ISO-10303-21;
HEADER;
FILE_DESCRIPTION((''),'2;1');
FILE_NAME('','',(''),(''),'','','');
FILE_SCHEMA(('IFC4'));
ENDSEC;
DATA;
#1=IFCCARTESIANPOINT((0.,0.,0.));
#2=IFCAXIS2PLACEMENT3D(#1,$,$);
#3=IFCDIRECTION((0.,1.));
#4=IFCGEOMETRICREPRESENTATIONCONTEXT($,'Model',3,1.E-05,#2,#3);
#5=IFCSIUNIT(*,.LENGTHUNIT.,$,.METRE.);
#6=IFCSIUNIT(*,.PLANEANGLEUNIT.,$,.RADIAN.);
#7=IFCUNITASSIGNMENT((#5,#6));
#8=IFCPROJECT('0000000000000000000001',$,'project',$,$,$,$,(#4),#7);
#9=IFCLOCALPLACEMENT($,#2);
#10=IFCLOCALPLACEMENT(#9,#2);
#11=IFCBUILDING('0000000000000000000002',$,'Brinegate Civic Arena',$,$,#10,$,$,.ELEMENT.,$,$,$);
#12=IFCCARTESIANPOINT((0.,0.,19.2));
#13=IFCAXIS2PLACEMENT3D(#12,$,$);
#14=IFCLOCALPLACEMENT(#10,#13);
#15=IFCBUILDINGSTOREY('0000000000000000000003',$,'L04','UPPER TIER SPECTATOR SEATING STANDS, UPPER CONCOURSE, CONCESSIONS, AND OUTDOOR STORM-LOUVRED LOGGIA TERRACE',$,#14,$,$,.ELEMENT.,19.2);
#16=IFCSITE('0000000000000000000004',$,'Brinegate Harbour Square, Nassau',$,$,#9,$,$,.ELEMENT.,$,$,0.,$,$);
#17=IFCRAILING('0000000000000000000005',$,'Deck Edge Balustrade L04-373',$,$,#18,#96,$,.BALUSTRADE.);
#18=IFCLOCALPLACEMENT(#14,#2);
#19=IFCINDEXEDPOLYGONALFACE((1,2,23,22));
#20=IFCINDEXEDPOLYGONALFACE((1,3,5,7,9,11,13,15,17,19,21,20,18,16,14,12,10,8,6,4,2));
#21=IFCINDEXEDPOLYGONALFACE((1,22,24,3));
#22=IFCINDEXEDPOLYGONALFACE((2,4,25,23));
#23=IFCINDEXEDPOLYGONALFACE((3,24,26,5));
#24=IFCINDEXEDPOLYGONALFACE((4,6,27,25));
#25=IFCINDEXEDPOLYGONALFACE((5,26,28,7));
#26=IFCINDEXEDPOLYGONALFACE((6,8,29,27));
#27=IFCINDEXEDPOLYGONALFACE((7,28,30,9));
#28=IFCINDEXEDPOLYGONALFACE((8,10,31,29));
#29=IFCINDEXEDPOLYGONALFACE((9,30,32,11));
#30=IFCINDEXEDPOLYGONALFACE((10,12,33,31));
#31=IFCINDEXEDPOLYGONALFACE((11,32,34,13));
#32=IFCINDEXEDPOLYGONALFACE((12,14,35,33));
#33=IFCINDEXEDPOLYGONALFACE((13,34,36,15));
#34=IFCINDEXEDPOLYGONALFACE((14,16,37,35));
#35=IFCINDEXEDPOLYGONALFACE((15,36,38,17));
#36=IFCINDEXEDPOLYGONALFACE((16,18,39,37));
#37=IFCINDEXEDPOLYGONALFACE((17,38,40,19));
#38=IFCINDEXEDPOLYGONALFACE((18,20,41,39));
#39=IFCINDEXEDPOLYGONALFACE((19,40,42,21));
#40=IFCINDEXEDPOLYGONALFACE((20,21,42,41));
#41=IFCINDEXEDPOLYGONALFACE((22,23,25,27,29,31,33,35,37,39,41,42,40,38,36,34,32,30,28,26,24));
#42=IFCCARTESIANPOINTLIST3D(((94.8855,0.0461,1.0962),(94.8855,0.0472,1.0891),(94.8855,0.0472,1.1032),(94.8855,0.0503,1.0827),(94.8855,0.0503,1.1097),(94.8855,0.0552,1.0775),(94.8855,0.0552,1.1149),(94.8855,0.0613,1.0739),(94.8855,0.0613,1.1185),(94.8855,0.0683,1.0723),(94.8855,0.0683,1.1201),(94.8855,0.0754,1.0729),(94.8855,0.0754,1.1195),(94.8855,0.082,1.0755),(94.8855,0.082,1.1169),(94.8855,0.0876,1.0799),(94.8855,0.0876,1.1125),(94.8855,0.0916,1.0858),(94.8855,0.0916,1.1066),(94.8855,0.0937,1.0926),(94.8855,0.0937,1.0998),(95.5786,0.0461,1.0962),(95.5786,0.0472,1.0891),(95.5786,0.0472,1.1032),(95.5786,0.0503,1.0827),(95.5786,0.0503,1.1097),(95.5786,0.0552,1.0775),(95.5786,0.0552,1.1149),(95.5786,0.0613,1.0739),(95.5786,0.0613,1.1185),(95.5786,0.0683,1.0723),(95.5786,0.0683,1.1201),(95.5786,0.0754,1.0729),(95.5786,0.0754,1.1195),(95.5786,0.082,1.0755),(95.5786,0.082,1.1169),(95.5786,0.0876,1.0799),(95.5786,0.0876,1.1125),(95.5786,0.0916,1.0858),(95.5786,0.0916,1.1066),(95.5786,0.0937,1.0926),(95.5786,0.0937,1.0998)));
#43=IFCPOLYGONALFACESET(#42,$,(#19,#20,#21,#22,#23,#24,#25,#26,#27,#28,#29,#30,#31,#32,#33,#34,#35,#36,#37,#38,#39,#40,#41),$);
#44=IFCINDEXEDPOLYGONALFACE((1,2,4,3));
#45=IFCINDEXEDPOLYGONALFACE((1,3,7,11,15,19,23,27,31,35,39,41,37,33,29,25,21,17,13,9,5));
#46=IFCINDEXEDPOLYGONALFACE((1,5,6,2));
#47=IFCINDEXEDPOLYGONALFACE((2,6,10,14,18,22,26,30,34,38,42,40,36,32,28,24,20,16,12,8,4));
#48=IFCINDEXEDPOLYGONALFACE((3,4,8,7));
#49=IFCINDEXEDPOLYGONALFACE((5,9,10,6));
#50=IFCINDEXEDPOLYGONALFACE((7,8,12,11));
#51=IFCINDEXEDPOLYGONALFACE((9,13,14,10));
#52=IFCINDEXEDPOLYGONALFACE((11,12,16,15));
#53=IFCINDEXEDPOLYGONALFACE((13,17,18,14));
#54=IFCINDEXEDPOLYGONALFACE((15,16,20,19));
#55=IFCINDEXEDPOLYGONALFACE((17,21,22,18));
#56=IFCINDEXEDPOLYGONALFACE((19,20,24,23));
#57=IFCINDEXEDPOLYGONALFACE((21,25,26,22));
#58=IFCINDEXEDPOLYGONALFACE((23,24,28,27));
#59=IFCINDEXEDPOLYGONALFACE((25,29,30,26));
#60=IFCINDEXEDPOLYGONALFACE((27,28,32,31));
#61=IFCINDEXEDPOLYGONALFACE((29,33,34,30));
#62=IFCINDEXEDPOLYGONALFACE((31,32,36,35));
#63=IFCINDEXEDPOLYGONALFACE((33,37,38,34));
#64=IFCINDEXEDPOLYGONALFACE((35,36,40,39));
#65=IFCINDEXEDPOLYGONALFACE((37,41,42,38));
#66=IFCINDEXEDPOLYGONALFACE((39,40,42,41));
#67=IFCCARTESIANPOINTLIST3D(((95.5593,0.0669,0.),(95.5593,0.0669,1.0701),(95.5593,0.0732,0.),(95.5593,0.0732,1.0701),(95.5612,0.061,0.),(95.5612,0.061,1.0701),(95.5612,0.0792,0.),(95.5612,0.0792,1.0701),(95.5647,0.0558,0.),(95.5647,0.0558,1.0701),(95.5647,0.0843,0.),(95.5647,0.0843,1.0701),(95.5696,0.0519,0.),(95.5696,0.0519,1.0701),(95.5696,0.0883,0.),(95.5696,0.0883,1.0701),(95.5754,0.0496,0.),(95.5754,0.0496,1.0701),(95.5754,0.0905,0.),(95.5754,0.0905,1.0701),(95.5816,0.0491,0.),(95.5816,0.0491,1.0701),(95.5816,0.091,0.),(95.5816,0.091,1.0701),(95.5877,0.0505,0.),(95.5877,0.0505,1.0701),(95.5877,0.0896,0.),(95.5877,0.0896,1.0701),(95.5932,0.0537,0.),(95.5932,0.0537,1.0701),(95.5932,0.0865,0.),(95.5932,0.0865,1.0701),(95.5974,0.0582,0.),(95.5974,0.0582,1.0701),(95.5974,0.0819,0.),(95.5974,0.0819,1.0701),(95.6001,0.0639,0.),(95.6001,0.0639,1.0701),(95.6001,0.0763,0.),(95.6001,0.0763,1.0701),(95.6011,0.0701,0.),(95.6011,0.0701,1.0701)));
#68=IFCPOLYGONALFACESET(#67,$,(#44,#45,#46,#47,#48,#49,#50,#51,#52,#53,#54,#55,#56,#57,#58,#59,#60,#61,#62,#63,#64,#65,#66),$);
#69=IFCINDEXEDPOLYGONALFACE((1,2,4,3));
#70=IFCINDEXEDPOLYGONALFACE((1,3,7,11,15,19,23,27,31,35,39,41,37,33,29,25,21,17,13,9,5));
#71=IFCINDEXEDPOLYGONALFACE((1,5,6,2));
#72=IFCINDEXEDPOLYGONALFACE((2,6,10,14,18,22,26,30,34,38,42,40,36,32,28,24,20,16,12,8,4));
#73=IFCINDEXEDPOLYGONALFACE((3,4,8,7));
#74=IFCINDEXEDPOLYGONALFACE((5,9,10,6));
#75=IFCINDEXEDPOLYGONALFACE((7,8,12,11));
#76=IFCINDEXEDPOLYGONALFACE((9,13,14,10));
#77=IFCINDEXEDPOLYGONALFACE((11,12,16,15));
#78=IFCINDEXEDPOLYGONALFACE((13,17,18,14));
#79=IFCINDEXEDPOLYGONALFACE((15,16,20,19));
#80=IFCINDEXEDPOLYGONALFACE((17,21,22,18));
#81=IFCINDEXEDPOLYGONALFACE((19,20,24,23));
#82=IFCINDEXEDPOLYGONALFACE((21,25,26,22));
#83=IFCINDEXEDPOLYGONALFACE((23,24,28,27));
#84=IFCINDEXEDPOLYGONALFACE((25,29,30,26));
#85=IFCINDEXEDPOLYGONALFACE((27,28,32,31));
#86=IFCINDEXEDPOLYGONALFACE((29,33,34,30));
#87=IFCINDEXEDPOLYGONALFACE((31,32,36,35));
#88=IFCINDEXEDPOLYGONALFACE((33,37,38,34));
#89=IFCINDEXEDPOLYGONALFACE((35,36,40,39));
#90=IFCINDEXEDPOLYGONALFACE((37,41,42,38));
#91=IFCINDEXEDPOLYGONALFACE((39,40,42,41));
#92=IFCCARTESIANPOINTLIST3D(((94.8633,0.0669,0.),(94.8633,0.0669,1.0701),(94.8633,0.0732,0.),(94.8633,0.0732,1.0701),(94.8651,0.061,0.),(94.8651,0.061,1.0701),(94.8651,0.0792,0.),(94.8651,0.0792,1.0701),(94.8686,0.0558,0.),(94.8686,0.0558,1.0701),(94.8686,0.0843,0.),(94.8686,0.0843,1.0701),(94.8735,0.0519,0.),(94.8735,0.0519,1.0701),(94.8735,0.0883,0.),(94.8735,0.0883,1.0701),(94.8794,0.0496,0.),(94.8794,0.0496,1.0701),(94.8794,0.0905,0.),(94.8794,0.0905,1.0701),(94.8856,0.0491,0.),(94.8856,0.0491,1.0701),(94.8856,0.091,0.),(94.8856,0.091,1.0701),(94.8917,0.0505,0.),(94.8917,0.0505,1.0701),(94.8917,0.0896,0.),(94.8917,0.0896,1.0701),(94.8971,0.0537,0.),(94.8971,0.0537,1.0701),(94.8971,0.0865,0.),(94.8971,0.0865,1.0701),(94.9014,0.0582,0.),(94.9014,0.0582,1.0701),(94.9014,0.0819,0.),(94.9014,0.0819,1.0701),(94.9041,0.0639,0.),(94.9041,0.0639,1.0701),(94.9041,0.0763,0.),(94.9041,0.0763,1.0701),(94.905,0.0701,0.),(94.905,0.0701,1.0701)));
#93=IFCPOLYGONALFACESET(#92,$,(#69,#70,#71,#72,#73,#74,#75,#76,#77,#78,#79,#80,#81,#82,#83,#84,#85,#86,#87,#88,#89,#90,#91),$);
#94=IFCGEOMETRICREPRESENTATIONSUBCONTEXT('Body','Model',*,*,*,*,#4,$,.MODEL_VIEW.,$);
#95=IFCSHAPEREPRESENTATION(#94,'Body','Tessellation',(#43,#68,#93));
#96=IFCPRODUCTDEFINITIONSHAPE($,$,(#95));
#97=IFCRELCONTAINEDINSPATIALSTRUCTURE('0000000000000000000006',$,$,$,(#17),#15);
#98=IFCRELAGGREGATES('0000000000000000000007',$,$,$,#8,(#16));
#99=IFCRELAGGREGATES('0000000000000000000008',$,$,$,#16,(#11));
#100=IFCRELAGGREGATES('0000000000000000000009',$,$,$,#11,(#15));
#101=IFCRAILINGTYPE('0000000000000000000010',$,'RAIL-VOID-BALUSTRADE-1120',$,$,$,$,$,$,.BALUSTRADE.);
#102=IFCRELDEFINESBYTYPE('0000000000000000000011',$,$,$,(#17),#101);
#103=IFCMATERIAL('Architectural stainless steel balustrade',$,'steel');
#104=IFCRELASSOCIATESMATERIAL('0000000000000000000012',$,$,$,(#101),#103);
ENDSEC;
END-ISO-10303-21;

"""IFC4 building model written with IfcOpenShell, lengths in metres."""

from ifc_helpers import new_model, si_unit, direction, frame, origin, origin_2d, place, context, subcontext, project, spatial, circle, extrude, material, type_object, element, save


model = new_model("IFC4")

# Units and contexts
model_context = context("Model", 3, precision=1e-05, world=origin(), true_north=direction((0.0, 1.0)))
body_context = subcontext(model_context, "Body", "Model", "MODEL_VIEW")
ifc_project = project(units=[si_unit("LENGTHUNIT", "METRE"), si_unit("PLANEANGLEUNIT", "RADIAN")], contexts=[model_context])

# Site, building, storey
site_placement = place(None, origin())
site = spatial("IfcSite", under=ifc_project, at=site_placement, Name="Brinegate Harbour Square, Nassau", CompositionType="ELEMENT", RefElevation=0.0)
building_placement = place(site_placement, origin())
building = spatial("IfcBuilding", under=site, at=building_placement, Name="Brinegate Civic Arena", CompositionType="ELEMENT")
storey_placement = place(building_placement, frame((0.0, 0.0, 19.2)))
storey = spatial("IfcBuildingStorey", under=building, at=storey_placement, Name="L04", Description="UPPER TIER SPECTATOR SEATING STANDS, UPPER CONCOURSE, CONCESSIONS, AND OUTDOOR STORM-LOUVRED LOGGIA TERRACE", CompositionType="ELEMENT", Elevation=19.2)

# Shared definitions
ifc_material_1 = material(Name="Architectural stainless steel balustrade", Category="steel")

# Railing
railing_type = type_object("IfcRailingType", Name="RAIL-VOID-BALUSTRADE-1120", PredefinedType="BALUSTRADE", material=ifc_material_1)
for number, where, name in (
    (1, (95.5801, 0.0701, 0.0), "Deck Edge Balustrade L04-373"),
):
    element("IfcRailing", number, at=place(storey_placement, frame(where)), inside=storey, type_object=railing_type, Name=name, PredefinedType="BALUSTRADE", context=body_context, shape_type="SweptSolid", body=[
        extrude(circle(Radius=0.0239, at=origin_2d()), frame((-0.0015, 0.0, 1.0962), z_axis=(-1.0, 0.0, 0.0), x_axis=(0.0, -1.0, 0.0)), (0.0, 0.0, 1.0), 0.6931),
        extrude(circle(Radius=0.021, at=origin_2d()), origin(), (0.0, 0.0, 1.0), 1.0701),
        extrude(circle(Radius=0.021, at=origin_2d()), frame((-0.696, 0.0, 0.0)), (0.0, 0.0, 1.0), 1.0701),
    ])

save(model, "model.ifc")
